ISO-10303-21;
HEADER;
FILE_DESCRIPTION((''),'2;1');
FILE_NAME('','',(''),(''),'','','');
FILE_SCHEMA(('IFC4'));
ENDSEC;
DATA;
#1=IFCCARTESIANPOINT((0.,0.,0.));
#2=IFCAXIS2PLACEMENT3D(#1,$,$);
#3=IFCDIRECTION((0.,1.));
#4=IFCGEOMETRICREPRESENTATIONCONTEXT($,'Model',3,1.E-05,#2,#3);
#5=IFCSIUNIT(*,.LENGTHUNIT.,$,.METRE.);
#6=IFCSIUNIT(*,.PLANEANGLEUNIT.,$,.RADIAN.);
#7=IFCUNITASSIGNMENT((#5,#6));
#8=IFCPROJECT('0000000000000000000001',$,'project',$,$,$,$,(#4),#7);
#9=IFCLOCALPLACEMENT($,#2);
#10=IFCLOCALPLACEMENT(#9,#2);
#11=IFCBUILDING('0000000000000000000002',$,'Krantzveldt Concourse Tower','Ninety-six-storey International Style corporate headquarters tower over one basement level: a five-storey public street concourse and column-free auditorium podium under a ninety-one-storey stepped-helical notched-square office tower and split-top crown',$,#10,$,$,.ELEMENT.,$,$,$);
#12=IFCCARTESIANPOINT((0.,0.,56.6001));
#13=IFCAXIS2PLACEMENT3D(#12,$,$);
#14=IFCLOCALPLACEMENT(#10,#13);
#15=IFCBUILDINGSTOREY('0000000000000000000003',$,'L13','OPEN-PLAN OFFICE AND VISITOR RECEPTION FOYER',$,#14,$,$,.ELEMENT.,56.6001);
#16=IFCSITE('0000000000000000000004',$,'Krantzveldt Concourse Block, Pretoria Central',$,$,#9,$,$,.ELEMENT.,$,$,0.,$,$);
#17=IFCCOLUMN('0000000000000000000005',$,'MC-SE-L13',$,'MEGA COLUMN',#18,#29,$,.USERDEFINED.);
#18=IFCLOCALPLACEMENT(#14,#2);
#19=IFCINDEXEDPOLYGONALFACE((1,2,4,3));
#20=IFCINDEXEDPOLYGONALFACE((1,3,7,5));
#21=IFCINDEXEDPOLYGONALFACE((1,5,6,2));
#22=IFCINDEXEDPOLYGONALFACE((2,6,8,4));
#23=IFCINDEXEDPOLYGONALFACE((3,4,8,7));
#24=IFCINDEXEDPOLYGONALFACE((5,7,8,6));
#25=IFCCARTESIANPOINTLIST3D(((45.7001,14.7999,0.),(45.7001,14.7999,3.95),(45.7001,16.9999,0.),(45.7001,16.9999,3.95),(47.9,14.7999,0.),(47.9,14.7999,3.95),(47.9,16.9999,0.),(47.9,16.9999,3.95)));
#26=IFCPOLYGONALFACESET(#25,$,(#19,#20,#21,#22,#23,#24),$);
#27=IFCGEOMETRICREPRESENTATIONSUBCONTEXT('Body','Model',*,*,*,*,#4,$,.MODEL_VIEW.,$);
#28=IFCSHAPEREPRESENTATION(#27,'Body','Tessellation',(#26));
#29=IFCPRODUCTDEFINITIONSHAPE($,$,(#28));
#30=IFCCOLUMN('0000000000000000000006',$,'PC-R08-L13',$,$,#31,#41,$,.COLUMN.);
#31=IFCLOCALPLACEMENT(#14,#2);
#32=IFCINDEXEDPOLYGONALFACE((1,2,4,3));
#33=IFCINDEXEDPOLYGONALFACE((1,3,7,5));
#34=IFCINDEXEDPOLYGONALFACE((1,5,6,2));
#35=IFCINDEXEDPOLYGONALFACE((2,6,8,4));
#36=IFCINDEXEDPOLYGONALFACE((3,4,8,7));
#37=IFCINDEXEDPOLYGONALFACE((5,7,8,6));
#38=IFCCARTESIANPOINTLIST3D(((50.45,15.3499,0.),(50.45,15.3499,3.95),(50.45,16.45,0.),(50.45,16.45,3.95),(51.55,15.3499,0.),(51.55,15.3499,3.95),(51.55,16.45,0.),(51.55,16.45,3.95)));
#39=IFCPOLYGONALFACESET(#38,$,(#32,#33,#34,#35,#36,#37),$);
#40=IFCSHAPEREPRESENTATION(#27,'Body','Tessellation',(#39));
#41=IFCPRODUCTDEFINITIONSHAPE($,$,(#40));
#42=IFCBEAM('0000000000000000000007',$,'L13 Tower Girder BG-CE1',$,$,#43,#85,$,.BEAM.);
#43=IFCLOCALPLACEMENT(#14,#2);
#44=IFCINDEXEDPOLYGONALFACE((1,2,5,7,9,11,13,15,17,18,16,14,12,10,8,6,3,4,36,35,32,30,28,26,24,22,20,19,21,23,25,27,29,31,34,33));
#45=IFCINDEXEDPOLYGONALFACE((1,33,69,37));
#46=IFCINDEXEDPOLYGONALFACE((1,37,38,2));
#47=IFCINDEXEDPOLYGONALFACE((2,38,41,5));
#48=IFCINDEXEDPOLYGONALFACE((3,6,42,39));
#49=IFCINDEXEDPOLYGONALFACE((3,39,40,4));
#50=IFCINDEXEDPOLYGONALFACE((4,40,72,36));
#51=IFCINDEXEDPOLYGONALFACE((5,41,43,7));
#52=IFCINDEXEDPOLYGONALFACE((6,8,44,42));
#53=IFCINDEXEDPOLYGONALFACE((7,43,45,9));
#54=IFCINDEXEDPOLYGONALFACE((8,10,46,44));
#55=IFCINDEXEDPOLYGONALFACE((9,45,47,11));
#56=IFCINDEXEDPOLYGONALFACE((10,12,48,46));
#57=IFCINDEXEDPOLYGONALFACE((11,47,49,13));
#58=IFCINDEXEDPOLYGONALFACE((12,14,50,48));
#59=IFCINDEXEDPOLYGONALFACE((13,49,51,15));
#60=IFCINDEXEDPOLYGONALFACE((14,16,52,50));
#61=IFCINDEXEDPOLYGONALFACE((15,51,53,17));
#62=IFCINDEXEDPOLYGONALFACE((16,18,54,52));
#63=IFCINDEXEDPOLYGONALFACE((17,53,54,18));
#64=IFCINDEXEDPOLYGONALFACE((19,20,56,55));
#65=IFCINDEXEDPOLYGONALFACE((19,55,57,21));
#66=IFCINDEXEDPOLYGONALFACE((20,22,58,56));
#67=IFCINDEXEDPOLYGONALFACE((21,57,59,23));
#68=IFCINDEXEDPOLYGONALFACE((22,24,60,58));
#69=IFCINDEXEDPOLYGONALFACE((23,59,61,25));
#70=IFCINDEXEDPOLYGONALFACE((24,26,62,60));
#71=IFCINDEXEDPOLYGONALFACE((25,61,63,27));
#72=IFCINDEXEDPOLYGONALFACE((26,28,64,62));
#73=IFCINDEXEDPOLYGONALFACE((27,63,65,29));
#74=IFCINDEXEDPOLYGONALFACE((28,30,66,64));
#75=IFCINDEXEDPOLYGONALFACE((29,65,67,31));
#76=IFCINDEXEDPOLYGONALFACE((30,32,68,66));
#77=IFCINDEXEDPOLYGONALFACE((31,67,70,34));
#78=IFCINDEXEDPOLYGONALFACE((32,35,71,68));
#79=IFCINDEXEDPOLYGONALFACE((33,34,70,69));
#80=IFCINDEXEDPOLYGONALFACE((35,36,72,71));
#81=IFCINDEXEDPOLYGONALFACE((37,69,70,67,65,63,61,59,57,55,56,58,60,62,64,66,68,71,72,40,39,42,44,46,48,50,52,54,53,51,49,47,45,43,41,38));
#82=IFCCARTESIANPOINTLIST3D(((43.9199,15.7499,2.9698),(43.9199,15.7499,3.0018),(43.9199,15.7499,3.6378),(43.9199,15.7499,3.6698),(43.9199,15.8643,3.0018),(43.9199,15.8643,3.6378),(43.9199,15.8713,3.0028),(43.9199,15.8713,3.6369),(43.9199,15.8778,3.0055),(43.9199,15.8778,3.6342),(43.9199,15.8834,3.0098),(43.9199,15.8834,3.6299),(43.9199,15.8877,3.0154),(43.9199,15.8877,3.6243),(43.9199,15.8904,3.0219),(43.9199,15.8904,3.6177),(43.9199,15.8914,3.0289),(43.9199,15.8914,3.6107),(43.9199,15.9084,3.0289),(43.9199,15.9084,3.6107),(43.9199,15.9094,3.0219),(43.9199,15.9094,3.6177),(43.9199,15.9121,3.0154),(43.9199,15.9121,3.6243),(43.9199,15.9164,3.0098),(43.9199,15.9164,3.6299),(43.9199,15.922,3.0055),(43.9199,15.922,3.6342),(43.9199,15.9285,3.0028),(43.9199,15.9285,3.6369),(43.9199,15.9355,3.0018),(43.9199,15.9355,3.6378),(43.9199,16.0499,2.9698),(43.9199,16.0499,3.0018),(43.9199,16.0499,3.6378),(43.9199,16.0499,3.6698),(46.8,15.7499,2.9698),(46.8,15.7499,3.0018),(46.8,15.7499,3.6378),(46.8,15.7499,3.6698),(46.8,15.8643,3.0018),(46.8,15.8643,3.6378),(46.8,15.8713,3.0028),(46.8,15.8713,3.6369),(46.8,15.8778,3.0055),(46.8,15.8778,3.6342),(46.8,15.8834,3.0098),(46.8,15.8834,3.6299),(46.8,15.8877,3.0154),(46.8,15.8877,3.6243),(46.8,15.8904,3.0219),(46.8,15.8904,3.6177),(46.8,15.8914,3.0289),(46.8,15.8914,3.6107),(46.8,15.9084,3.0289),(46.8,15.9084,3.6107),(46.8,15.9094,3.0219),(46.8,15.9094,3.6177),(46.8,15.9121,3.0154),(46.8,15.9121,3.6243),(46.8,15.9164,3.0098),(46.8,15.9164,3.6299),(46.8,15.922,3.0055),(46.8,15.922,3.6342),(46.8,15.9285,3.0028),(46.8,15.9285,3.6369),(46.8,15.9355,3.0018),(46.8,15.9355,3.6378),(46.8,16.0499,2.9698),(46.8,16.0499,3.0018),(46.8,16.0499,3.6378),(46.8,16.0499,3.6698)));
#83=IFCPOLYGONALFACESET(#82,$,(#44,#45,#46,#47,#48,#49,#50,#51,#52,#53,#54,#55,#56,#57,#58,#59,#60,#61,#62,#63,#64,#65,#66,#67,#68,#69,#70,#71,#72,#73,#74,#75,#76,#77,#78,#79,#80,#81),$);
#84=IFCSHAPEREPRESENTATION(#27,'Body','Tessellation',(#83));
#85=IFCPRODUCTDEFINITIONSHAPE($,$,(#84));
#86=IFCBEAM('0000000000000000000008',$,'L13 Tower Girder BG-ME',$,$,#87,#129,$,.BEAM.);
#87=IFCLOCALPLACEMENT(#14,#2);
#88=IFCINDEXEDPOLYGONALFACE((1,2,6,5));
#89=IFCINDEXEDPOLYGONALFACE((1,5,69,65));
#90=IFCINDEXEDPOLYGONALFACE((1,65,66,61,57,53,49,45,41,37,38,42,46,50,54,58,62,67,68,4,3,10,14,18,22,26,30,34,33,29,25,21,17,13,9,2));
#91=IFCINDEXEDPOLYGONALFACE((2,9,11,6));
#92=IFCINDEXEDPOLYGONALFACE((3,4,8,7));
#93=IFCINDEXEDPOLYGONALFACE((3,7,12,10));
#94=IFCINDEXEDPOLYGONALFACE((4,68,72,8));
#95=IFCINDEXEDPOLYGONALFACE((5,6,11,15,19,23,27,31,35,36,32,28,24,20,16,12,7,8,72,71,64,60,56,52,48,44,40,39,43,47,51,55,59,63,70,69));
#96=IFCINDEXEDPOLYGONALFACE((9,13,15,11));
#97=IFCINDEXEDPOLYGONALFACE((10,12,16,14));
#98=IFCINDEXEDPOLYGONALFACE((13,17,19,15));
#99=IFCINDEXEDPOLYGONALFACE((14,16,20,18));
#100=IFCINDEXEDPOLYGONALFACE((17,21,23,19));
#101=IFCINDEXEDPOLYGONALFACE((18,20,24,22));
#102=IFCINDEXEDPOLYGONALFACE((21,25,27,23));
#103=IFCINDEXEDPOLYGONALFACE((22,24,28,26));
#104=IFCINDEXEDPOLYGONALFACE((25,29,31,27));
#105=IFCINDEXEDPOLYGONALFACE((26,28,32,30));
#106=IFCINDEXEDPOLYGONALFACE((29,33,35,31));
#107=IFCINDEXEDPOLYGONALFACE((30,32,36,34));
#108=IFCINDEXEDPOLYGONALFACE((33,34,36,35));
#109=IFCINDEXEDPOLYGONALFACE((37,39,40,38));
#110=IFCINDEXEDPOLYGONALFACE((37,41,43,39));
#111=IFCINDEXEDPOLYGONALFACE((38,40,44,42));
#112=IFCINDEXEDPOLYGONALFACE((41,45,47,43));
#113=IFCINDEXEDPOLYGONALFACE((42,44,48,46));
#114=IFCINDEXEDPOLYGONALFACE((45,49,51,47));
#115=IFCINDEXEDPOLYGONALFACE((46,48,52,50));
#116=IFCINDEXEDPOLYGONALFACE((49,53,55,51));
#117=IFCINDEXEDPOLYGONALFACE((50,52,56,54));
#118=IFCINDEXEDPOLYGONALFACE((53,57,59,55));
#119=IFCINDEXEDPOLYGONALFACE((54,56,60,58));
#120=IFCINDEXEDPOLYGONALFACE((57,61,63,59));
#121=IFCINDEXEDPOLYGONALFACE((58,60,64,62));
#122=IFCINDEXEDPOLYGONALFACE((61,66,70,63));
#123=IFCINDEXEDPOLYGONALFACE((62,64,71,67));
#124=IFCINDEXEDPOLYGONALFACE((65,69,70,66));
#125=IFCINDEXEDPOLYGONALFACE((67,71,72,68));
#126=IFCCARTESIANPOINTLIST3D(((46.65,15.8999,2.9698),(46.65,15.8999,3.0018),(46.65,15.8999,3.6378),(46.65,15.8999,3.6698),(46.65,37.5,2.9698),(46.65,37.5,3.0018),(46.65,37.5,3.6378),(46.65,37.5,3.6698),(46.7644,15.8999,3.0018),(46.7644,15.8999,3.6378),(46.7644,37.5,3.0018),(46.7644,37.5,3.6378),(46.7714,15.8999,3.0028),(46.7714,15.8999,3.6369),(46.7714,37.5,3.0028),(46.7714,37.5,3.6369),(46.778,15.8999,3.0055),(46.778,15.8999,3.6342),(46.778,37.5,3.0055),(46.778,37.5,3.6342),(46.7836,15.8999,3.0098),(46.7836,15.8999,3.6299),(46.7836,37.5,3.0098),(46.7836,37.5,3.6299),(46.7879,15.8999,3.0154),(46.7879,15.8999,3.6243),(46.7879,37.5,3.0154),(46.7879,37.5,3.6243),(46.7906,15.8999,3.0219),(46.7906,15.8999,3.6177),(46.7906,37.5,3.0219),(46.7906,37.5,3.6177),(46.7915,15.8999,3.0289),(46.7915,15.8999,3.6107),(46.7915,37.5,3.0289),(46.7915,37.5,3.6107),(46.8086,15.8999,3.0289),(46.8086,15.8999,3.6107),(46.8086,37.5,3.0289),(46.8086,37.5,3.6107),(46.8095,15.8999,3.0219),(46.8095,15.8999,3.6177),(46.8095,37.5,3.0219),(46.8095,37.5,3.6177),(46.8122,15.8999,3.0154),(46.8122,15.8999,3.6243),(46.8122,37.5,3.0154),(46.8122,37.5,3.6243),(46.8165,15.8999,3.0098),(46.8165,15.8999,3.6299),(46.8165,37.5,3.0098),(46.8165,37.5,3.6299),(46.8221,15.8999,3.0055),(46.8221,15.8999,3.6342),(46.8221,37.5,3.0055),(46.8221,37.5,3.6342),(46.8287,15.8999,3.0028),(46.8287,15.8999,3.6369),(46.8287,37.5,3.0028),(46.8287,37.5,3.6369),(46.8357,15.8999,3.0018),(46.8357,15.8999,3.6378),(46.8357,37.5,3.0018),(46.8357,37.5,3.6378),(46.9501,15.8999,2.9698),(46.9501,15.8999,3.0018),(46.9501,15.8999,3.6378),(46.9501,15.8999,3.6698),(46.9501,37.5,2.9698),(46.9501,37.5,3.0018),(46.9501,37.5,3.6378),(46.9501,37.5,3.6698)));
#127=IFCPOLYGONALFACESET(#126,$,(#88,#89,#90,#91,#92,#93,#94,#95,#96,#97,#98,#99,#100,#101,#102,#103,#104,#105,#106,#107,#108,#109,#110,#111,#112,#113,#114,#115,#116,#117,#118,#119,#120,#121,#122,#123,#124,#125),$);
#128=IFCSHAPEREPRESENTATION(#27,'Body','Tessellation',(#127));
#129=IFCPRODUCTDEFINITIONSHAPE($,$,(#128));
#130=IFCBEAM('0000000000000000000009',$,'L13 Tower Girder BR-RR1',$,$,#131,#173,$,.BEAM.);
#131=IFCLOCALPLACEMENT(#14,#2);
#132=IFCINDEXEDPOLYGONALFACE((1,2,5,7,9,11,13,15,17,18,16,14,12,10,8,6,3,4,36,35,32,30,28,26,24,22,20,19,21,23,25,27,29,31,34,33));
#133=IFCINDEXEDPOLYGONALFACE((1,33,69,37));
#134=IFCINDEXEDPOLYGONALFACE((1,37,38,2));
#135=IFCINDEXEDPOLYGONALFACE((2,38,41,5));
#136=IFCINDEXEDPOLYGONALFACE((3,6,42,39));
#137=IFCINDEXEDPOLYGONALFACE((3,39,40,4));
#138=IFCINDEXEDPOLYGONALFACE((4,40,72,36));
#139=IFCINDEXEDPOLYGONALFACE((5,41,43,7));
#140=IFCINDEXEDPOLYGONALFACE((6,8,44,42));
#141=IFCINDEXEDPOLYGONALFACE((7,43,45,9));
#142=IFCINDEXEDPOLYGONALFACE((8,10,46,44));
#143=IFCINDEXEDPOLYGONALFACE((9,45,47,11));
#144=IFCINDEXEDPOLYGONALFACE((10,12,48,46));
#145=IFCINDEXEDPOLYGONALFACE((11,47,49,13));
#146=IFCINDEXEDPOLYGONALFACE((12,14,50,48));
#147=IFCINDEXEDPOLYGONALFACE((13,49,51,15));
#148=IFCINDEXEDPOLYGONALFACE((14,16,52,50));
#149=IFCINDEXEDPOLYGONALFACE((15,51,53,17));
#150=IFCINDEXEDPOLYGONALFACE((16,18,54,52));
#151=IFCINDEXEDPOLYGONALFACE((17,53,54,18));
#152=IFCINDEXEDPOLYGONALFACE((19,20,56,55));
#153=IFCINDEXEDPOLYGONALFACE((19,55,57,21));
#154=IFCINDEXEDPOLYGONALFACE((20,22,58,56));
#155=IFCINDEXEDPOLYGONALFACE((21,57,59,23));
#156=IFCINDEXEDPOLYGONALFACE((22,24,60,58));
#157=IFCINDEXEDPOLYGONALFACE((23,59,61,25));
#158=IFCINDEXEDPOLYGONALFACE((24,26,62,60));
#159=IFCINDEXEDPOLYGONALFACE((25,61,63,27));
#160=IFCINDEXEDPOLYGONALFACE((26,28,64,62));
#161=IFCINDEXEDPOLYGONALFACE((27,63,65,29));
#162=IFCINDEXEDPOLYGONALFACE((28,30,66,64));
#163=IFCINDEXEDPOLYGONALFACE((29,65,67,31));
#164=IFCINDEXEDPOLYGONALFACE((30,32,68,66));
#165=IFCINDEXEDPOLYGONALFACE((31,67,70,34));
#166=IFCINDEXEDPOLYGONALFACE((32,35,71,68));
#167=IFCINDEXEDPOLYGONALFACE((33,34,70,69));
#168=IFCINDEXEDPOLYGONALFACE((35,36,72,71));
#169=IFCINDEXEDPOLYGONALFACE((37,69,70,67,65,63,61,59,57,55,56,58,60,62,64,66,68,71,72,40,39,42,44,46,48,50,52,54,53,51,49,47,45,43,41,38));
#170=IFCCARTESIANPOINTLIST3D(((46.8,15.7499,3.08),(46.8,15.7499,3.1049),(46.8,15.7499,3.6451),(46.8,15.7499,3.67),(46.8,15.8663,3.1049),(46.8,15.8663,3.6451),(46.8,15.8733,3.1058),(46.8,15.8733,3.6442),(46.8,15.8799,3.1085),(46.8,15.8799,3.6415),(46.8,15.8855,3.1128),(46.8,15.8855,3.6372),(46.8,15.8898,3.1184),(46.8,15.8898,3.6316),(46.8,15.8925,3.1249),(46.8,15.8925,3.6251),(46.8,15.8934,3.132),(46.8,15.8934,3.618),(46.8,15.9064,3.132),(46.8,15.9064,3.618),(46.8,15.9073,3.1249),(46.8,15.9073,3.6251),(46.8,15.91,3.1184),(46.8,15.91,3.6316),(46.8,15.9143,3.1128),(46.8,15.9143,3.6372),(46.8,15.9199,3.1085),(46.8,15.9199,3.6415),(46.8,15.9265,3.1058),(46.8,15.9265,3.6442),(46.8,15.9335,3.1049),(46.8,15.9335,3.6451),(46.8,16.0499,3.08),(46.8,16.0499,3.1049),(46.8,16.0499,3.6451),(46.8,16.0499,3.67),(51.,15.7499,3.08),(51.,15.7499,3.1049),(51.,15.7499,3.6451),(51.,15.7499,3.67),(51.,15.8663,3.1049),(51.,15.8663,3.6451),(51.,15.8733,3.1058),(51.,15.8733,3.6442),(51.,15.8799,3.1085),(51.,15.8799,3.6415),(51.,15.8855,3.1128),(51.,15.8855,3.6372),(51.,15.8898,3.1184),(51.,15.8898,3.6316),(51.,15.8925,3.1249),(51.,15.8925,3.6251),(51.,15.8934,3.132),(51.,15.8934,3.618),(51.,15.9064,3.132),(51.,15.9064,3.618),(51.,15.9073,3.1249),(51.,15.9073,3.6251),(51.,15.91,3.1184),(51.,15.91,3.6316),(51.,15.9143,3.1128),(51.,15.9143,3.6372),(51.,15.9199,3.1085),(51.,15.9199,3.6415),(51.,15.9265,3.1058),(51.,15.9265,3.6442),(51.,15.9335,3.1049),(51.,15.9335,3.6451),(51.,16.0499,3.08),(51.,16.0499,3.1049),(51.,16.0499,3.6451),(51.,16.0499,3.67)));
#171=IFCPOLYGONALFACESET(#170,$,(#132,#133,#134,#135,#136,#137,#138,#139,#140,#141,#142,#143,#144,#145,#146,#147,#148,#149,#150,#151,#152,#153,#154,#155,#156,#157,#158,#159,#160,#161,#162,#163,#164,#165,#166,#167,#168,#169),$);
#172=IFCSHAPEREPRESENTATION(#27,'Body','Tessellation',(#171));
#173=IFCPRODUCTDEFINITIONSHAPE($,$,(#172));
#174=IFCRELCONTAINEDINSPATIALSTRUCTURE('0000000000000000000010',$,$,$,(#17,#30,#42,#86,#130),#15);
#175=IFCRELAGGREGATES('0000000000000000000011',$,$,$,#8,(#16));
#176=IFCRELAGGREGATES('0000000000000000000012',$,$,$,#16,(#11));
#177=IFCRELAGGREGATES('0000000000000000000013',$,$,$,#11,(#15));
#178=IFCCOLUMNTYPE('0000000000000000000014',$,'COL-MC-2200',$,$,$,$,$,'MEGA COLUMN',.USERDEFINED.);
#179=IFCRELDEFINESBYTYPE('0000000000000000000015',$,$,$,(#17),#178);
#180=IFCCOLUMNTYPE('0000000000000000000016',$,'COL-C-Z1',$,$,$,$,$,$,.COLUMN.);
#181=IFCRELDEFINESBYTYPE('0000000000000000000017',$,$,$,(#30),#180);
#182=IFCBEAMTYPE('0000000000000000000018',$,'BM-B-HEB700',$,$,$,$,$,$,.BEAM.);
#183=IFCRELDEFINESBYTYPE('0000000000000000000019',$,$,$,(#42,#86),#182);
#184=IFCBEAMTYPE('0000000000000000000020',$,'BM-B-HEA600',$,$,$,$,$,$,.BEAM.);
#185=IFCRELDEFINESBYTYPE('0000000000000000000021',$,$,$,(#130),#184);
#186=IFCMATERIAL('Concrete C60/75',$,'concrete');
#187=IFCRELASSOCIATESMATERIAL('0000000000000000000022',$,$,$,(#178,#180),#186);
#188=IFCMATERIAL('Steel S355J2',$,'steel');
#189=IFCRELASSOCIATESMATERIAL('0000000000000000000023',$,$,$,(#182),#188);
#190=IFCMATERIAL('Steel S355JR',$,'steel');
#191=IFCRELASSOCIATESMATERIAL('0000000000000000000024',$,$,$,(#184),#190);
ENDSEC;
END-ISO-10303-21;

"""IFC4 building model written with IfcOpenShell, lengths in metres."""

from ifc_helpers import new_model, si_unit, direction, frame, origin, origin_2d, place, context, subcontext, project, spatial, rectangle, i_section, extrude, source, transform, mapped, material, material_profile, profile_set, type_object, type_shapes, element, save


model = new_model("IFC4")

# Units and contexts
model_context = context("Model", 3, precision=1e-05, world=origin(), true_north=direction((0.0, 1.0)))
body_context = subcontext(model_context, "Body", "Model", "MODEL_VIEW")
ifc_project = project(units=[si_unit("LENGTHUNIT", "METRE"), si_unit("PLANEANGLEUNIT", "RADIAN")], contexts=[model_context])

# Site, building, storey
site_placement = place(None, origin())
site = spatial("IfcSite", under=ifc_project, at=site_placement, Name="Krantzveldt Concourse Block, Pretoria Central", CompositionType="ELEMENT", RefElevation=0.0)
building_placement = place(site_placement, origin())
building = spatial("IfcBuilding", under=site, at=building_placement, Name="Krantzveldt Concourse Tower", Description="Ninety-six-storey International Style corporate headquarters tower over one basement level: a five-storey public street concourse and column-free auditorium podium under a ninety-one-storey stepped-helical notched-square office tower and split-top crown", CompositionType="ELEMENT")
storey_placement = place(building_placement, frame((0.0, 0.0, 56.6001)))
storey = spatial("IfcBuildingStorey", under=building, at=storey_placement, Name="L13", Description="OPEN-PLAN OFFICE AND VISITOR RECEPTION FOYER", CompositionType="ELEMENT", Elevation=56.6001)

# Columns
ifc_material_1 = material(Name="Concrete C60/75", Category="concrete")
ifc_material_profile_1 = material_profile(ifc_material_1, rectangle(XDim=2.2, YDim=2.2, at=origin_2d()), Name="Concrete C60/75", Category="concrete")
ifc_profile_set_1 = profile_set([ifc_material_profile_1], Name="Concrete C60/75 - RC 2200x2200")
column_type_1 = type_object("IfcColumnType", Name="COL-MC-2200", ElementType="MEGA COLUMN", PredefinedType="USERDEFINED", material=ifc_profile_set_1)
shared_shape_1 = source(origin(), body_context, "Body", "SweptSolid", [
    extrude(rectangle(XDim=2.2, YDim=2.2, at=origin_2d()), origin(), (0.0, 0.0, 1.0), 3.95),
])
type_shapes(column_type_1, [shared_shape_1])
column_1_placement = place(storey_placement, frame((46.8, 15.8999, 0.0), z_axis=(0.0, 0.0, 1.0), x_axis=(1.0, 0.0, 0.0)))
element("IfcColumn", 1, at=column_1_placement, inside=storey, type_object=column_type_1, Name="MC-SE-L13", ObjectType="MEGA COLUMN", PredefinedType="USERDEFINED", context=body_context, shape_type="MappedRepresentation", body=[
    mapped(shared_shape_1, transform((0.0, 0.0, 0.0), x_axis=(1.0, 0.0, 0.0), y_axis=(0.0, 1.0, 0.0), z_axis=(0.0, 0.0, 1.0), scale=1.0)),
])
ifc_material_profile_2 = material_profile(ifc_material_1, rectangle(XDim=1.1001, YDim=1.1001, at=origin_2d()), Name="Concrete C60/75", Category="concrete")
ifc_profile_set_2 = profile_set([ifc_material_profile_2], Name="Concrete C60/75 - RC 1100x1100")
column_type_2 = type_object("IfcColumnType", Name="COL-C-Z1", PredefinedType="COLUMN", material=ifc_profile_set_2)
shared_shape_2 = source(origin(), body_context, "Body", "SweptSolid", [
    extrude(rectangle(XDim=1.1001, YDim=1.1001, at=origin_2d()), origin(), (0.0, 0.0, 1.0), 3.95),
])
type_shapes(column_type_2, [shared_shape_2])
column_2_placement = place(storey_placement, frame((51.0, 15.8999, 0.0), z_axis=(0.0, 0.0, 1.0), x_axis=(1.0, 0.0, 0.0)))
element("IfcColumn", 2, at=column_2_placement, inside=storey, type_object=column_type_2, Name="PC-R08-L13", PredefinedType="COLUMN", context=body_context, shape_type="MappedRepresentation", body=[
    mapped(shared_shape_2, transform((0.0, 0.0, 0.0), x_axis=(1.0, 0.0, 0.0), y_axis=(0.0, 1.0, 0.0), z_axis=(0.0, 0.0, 1.0), scale=1.0)),
])

# Beams
ifc_material_2 = material(Name="Steel S355J2", Category="steel")
ifc_material_profile_3 = material_profile(ifc_material_2, i_section(OverallWidth=0.3, OverallDepth=0.7, WebThickness=0.0171, FlangeThickness=0.032, FilletRadius=0.0271, at=origin_2d()), Name="Steel S355J2", Category="steel")
ifc_profile_set_3 = profile_set([ifc_material_profile_3], Name="Steel S355J2 - HEB 700")
beam_type_1 = type_object("IfcBeamType", Name="BM-B-HEB700", PredefinedType="BEAM", material=ifc_profile_set_3)
shared_shape_3 = source(origin(), body_context, "Body", "SweptSolid", [
    extrude(i_section(OverallWidth=0.3, OverallDepth=0.7, WebThickness=0.0171, FlangeThickness=0.032, FilletRadius=0.0271, at=origin_2d()), origin(), (0.0, 0.0, 1.0), 2.8801),
])
beam_1_placement = place(storey_placement, frame((43.9199, 15.8999, 3.3198), z_axis=(1.0, 0.0, 0.0), x_axis=(0.0, 1.0, 0.0)))
element("IfcBeam", 3, at=beam_1_placement, inside=storey, type_object=beam_type_1, Name="L13 Tower Girder BG-CE1", PredefinedType="BEAM", context=body_context, shape_type="MappedRepresentation", body=[
    mapped(shared_shape_3, transform((0.0, 0.0, 0.0), x_axis=(1.0, 0.0, 0.0), y_axis=(0.0, 1.0, 0.0), z_axis=(0.0, 0.0, 1.0), scale=1.0)),
])
shared_shape_4 = source(origin(), body_context, "Body", "SweptSolid", [
    extrude(i_section(OverallWidth=0.3, OverallDepth=0.7, WebThickness=0.0171, FlangeThickness=0.032, FilletRadius=0.0271, at=origin_2d()), origin(), (0.0, 0.0, 1.0), 21.6001),
])
type_shapes(beam_type_1, [shared_shape_3, shared_shape_4])
beam_2_placement = place(storey_placement, frame((46.8, 15.8999, 3.3198), z_axis=(0.0, 1.0, 0.0), x_axis=(-1.0, 0.0, 0.0)))
element("IfcBeam", 4, at=beam_2_placement, inside=storey, type_object=beam_type_1, Name="L13 Tower Girder BG-ME", PredefinedType="BEAM", context=body_context, shape_type="MappedRepresentation", body=[
    mapped(shared_shape_4, transform((0.0, 0.0, 0.0), x_axis=(1.0, 0.0, 0.0), y_axis=(0.0, 1.0, 0.0), z_axis=(0.0, 0.0, 1.0), scale=1.0)),
])
ifc_material_3 = material(Name="Steel S355JR", Category="steel")
ifc_material_profile_4 = material_profile(ifc_material_3, i_section(OverallWidth=0.3, OverallDepth=0.5901, WebThickness=0.0129, FlangeThickness=0.0249, FilletRadius=0.0271, at=origin_2d()), Name="Steel S355JR", Category="steel")
ifc_profile_set_4 = profile_set([ifc_material_profile_4], Name="Steel S355JR - HEA 600")
beam_type_2 = type_object("IfcBeamType", Name="BM-B-HEA600", PredefinedType="BEAM", material=ifc_profile_set_4)
shared_shape_5 = source(origin(), body_context, "Body", "SweptSolid", [
    extrude(i_section(OverallWidth=0.3, OverallDepth=0.5901, WebThickness=0.0129, FlangeThickness=0.0249, FilletRadius=0.0271, at=origin_2d()), origin(), (0.0, 0.0, 1.0), 4.2),
])
beam_3_placement = place(storey_placement, frame((46.8, 15.8999, 3.375), z_axis=(1.0, 0.0, 0.0), x_axis=(0.0, 1.0, 0.0)))
element("IfcBeam", 5, at=beam_3_placement, inside=storey, type_object=beam_type_2, Name="L13 Tower Girder BR-RR1", PredefinedType="BEAM", context=body_context, shape_type="MappedRepresentation", body=[
    mapped(shared_shape_5, transform((0.0, 0.0, 0.0), x_axis=(1.0, 0.0, 0.0), y_axis=(0.0, 1.0, 0.0), z_axis=(0.0, 0.0, 1.0), scale=1.0)),
])

save(model, "model.ifc")
